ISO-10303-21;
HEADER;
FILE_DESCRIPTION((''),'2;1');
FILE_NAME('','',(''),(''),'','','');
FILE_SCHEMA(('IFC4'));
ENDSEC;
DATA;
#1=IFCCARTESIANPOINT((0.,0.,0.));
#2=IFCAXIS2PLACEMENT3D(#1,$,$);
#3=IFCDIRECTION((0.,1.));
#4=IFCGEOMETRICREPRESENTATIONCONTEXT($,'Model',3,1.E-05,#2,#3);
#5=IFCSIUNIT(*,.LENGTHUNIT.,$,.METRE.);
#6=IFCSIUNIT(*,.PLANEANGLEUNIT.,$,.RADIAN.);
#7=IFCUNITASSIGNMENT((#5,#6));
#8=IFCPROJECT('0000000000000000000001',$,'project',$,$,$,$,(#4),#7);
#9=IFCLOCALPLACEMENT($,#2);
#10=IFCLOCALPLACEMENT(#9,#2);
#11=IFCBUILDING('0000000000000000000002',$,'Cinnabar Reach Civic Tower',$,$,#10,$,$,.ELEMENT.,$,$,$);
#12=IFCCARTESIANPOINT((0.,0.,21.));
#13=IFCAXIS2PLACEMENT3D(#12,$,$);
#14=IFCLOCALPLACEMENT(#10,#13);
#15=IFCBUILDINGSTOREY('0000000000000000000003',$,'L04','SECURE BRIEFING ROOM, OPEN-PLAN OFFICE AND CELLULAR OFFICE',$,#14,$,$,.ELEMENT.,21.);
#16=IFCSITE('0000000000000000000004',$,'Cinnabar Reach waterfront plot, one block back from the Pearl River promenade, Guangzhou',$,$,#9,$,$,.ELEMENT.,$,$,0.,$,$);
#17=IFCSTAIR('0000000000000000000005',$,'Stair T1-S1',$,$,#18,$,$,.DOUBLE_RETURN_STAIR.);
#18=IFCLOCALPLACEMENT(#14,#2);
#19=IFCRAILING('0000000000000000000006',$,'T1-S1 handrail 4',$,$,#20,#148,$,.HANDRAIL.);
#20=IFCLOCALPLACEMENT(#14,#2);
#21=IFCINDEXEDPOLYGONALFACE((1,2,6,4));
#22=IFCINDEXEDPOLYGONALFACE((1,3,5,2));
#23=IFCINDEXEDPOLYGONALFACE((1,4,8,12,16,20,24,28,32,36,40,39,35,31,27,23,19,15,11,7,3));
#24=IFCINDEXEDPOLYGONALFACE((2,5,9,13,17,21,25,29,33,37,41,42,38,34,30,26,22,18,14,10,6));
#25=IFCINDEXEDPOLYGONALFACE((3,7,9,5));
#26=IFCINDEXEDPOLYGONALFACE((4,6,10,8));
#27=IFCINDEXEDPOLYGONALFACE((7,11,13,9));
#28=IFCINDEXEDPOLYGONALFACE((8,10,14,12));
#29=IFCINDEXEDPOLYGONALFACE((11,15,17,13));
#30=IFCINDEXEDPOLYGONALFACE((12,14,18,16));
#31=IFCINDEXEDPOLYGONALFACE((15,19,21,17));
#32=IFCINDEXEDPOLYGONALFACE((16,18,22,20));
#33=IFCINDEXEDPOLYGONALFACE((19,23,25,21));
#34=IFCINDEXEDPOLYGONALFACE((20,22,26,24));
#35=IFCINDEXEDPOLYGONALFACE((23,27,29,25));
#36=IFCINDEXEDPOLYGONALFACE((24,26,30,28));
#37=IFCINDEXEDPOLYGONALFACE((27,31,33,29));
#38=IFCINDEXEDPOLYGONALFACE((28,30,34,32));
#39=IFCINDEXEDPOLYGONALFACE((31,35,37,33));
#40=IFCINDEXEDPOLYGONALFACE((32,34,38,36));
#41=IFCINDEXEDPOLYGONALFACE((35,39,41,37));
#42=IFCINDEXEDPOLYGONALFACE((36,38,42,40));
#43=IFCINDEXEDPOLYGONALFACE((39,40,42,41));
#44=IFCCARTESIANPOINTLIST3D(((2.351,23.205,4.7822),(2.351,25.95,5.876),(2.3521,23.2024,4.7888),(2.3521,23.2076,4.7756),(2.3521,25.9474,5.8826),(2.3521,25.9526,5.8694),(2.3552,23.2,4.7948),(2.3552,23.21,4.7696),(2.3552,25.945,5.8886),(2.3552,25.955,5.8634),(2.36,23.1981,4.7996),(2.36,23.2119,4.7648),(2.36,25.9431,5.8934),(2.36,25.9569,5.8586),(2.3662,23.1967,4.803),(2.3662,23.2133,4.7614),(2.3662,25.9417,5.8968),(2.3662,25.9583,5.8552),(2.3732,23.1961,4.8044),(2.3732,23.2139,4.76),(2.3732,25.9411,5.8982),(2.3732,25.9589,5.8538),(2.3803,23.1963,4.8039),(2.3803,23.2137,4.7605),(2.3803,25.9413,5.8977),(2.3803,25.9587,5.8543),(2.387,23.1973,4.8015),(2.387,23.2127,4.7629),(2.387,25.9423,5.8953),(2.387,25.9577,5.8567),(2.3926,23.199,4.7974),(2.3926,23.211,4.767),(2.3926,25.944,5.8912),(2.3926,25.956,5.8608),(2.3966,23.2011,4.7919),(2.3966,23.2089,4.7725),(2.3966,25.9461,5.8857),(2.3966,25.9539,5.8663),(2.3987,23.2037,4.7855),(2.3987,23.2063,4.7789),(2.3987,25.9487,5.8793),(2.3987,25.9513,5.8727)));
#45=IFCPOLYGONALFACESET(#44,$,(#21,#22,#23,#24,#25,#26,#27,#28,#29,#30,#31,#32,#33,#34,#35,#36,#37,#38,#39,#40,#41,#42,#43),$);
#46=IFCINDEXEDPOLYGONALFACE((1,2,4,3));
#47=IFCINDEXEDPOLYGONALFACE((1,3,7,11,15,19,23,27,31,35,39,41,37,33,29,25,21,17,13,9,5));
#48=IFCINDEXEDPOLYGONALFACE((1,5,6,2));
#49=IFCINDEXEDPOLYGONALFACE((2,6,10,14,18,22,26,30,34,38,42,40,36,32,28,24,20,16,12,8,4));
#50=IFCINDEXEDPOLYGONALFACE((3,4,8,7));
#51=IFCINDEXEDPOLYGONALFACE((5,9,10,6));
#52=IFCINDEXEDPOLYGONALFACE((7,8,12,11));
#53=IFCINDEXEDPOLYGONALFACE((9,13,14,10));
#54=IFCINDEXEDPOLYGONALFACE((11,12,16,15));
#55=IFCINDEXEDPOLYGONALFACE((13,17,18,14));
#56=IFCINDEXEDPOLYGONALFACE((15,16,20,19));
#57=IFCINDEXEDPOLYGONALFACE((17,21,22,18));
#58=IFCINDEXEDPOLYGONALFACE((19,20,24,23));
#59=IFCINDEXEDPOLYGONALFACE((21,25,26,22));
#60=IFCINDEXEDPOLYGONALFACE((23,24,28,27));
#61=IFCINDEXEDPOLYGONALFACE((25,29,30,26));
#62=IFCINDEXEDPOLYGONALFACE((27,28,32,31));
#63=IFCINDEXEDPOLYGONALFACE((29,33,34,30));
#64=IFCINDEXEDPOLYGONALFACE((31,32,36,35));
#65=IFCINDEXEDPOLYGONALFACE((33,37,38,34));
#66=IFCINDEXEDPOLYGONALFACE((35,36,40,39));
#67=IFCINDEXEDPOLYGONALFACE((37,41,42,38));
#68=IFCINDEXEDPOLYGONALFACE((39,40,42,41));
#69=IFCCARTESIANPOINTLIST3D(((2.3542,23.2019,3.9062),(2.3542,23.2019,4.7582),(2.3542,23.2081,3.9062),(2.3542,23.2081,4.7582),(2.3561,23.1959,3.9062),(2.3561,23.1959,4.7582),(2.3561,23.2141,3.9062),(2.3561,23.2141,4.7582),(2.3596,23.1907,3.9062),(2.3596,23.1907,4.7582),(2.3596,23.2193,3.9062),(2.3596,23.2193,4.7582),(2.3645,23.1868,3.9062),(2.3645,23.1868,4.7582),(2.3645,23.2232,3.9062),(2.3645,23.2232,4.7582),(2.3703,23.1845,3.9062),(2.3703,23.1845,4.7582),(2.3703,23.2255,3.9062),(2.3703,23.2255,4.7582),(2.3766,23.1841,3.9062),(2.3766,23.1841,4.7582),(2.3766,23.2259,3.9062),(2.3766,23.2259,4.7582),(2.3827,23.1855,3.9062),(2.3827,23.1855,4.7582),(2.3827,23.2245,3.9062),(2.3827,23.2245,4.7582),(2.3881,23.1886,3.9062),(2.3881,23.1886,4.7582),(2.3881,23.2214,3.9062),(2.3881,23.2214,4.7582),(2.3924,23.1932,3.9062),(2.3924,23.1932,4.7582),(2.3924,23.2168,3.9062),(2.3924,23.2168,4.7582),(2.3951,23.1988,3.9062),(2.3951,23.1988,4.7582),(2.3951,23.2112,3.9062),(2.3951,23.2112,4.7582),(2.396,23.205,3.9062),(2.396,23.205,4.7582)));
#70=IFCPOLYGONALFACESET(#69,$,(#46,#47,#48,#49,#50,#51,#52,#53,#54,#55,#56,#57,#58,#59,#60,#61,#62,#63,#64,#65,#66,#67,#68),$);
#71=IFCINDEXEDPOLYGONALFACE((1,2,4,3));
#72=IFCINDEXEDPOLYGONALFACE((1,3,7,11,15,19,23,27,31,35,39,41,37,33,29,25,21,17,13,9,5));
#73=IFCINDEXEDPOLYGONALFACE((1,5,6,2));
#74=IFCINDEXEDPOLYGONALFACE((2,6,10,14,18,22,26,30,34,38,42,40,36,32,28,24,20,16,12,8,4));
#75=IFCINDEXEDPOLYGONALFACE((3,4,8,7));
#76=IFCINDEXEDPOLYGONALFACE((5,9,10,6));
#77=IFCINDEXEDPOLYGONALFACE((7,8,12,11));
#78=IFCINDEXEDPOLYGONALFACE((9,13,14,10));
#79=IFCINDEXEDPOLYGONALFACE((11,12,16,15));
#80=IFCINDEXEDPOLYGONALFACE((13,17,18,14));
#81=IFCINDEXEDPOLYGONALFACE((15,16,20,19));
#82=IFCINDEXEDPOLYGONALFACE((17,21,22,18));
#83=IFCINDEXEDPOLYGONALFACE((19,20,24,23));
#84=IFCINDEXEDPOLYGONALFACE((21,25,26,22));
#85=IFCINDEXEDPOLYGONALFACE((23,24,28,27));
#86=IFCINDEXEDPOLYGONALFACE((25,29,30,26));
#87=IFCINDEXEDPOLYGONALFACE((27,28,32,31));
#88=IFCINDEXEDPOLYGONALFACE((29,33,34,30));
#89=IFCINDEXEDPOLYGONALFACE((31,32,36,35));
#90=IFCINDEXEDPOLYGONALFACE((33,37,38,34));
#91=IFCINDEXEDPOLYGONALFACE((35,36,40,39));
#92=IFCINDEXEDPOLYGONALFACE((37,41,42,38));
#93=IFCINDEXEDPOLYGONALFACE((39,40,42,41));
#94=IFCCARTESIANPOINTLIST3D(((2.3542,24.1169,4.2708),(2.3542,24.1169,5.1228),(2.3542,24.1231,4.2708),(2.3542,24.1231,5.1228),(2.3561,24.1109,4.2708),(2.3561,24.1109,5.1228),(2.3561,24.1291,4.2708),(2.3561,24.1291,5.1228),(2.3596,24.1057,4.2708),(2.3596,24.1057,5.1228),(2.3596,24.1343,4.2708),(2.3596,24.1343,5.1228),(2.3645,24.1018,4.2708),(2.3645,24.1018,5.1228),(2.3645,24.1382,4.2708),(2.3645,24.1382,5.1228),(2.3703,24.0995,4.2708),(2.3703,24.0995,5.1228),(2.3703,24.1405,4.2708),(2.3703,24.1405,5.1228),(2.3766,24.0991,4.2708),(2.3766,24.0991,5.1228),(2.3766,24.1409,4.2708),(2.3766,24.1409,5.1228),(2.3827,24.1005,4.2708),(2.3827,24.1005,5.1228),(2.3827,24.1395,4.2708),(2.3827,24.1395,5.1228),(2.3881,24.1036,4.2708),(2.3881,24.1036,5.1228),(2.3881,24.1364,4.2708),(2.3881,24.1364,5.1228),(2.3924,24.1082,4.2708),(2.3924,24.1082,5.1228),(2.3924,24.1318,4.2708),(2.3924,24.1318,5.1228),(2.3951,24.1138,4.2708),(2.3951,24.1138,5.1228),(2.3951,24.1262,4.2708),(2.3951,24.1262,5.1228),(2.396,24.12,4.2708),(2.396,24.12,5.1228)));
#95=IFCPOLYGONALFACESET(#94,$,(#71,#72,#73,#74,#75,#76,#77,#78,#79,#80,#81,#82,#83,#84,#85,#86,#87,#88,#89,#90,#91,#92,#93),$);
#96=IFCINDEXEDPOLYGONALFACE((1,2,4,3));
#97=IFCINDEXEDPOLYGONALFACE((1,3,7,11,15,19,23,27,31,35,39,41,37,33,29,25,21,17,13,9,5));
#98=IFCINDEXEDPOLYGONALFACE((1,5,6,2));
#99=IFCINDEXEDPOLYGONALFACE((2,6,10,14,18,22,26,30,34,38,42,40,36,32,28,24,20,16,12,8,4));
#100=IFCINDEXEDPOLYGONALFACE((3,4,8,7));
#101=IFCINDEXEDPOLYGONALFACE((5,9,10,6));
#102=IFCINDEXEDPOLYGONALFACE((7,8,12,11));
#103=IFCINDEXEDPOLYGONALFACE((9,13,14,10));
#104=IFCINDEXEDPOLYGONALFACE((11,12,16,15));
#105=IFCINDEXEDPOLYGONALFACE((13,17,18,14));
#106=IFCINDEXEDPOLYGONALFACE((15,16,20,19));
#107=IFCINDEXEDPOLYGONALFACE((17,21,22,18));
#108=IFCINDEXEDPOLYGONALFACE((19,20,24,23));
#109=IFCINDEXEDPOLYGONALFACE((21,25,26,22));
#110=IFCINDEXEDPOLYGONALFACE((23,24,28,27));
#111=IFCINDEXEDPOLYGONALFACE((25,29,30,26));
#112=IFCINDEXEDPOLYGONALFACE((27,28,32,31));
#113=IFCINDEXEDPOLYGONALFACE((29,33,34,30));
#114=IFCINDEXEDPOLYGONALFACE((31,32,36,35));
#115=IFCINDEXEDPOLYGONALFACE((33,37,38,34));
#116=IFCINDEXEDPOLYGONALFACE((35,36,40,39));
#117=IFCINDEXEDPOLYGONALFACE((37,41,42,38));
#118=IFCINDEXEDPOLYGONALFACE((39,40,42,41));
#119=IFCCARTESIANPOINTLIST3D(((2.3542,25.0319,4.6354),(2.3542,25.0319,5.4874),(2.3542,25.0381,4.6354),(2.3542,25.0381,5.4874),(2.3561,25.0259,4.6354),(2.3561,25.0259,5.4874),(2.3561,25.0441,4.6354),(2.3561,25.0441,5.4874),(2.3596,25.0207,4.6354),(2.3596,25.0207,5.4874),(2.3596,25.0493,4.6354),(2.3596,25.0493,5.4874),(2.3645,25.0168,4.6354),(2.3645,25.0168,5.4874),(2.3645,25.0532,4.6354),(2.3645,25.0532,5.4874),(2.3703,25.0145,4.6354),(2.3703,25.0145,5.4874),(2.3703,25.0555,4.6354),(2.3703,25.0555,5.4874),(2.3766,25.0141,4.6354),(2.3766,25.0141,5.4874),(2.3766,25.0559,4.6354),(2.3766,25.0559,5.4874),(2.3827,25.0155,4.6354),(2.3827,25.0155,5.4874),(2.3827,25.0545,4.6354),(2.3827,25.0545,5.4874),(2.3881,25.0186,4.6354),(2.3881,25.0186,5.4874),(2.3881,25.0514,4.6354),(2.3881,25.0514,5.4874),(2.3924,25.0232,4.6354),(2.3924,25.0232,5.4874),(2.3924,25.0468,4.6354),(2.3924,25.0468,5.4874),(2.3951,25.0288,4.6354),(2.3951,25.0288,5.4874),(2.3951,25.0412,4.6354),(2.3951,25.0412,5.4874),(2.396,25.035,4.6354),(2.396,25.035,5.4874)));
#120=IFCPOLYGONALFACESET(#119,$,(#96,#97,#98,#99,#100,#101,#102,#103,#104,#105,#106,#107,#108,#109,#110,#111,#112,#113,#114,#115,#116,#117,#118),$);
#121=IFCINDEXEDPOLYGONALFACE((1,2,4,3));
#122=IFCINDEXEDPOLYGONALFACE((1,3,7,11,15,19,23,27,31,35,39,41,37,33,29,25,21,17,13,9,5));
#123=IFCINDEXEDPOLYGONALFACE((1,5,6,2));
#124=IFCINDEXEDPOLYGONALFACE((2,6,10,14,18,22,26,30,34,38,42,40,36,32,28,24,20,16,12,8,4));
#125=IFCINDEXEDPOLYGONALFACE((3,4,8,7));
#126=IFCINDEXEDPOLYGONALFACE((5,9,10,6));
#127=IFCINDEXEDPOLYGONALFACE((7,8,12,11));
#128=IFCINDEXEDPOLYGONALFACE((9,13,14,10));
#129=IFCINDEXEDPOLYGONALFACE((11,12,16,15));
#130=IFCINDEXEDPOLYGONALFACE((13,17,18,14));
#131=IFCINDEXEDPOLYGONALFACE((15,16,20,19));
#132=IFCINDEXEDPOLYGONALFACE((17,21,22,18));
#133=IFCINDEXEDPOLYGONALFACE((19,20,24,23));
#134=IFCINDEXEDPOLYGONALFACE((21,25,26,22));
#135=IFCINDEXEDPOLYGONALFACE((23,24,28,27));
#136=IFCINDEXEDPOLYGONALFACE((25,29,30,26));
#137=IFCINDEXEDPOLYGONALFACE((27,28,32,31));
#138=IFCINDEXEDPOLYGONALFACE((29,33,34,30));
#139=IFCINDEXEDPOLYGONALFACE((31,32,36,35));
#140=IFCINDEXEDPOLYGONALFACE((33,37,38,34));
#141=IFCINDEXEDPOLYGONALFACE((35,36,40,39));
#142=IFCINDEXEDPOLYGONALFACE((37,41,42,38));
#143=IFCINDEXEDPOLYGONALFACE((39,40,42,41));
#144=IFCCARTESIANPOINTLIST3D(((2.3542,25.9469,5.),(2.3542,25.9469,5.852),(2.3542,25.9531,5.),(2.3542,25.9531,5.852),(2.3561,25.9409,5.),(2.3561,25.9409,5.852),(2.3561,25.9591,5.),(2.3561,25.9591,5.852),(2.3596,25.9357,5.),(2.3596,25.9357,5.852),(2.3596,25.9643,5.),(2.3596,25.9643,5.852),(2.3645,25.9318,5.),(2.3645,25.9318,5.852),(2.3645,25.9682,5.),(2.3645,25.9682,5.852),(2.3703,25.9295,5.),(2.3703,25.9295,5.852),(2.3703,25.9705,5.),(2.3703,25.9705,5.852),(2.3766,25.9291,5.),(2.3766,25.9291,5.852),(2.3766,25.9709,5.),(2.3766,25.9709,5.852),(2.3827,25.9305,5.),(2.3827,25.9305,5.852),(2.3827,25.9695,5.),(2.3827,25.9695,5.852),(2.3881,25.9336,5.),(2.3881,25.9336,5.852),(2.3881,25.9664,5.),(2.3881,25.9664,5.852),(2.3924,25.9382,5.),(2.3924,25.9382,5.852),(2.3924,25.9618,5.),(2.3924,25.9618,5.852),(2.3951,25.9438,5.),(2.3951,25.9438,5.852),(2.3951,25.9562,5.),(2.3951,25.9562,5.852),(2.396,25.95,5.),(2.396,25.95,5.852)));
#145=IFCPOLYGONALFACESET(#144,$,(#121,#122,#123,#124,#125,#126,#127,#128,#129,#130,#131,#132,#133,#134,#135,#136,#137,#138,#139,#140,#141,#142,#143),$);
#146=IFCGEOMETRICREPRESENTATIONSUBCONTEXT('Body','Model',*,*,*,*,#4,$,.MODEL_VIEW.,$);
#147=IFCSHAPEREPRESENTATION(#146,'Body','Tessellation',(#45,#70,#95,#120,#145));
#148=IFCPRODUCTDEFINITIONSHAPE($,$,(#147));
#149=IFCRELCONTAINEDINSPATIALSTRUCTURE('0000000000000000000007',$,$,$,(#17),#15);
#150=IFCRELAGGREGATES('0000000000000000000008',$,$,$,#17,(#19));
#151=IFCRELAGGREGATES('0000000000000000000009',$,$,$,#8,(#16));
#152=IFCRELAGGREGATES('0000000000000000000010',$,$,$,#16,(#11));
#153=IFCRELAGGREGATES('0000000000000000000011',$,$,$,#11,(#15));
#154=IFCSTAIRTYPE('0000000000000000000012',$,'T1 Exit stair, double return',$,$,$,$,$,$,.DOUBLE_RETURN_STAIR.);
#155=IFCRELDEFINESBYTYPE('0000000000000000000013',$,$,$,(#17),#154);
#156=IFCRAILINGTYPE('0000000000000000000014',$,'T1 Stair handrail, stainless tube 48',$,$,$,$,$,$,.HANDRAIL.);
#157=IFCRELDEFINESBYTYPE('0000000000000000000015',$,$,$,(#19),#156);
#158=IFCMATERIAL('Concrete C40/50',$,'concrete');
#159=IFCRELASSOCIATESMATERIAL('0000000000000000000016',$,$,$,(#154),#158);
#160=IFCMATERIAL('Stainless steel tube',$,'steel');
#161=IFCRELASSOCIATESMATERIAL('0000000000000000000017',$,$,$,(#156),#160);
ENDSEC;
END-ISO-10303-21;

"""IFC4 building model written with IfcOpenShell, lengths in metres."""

from ifc_helpers import new_model, si_unit, direction, frame, origin, origin_2d, place, context, subcontext, project, spatial, circle, extrude, material, type_object, element, aggregate, save


model = new_model("IFC4")

# Units and contexts
model_context = context("Model", 3, precision=1e-05, world=origin(), true_north=direction((0.0, 1.0)))
body_context = subcontext(model_context, "Body", "Model", "MODEL_VIEW")
ifc_project = project(units=[si_unit("LENGTHUNIT", "METRE"), si_unit("PLANEANGLEUNIT", "RADIAN")], contexts=[model_context])

# Site, building, storey
site_placement = place(None, origin())
site = spatial("IfcSite", under=ifc_project, at=site_placement, Name="Cinnabar Reach waterfront plot, one block back from the Pearl River promenade, Guangzhou", CompositionType="ELEMENT", RefElevation=0.0)
building_placement = place(site_placement, origin())
building = spatial("IfcBuilding", under=site, at=building_placement, Name="Cinnabar Reach Civic Tower", CompositionType="ELEMENT")
storey_placement = place(building_placement, frame((0.0, 0.0, 21.0)))
storey = spatial("IfcBuildingStorey", under=building, at=storey_placement, Name="L04", Description="SECURE BRIEFING ROOM, OPEN-PLAN OFFICE AND CELLULAR OFFICE", CompositionType="ELEMENT", Elevation=21.0)

# Shared definitions
ifc_material_1 = material(Name="Concrete C40/50", Category="concrete")

# Stair, railing
stair_type = type_object("IfcStairType", Name="T1 Exit stair, double return", PredefinedType="DOUBLE_RETURN_STAIR", material=ifc_material_1)
stair_placement = place(storey_placement, origin())
stair = element("IfcStair", 1, at=stair_placement, inside=storey, type_object=stair_type, Name="Stair T1-S1", PredefinedType="DOUBLE_RETURN_STAIR")
ifc_material_2 = material(Name="Stainless steel tube", Category="steel")
railing_type = type_object("IfcRailingType", Name="T1 Stair handrail, stainless tube 48", PredefinedType="HANDRAIL", material=ifc_material_2)
railing_1_placement = place(storey_placement, frame((2.375, 23.205, 3.9062)))
railing_1 = element("IfcRailing", 2, at=railing_1_placement, type_object=railing_type, Name="T1-S1 handrail 4", PredefinedType="HANDRAIL", context=body_context, shape_type="SweptSolid", body=[
    extrude(circle(Radius=0.024, at=origin_2d()), frame((0.0, 0.0, 0.876), z_axis=(0.0, 0.928966, 0.370165), x_axis=(-1.0, 0.0, 0.0)), (0.0, 0.0, 1.0), 2.9549),
    extrude(circle(Radius=0.021, at=origin_2d()), origin(), (0.0, 0.0, 1.0), 0.852),
    extrude(circle(Radius=0.021, at=origin_2d()), frame((0.0, 0.915, 0.3646)), (0.0, 0.0, 1.0), 0.852),
    extrude(circle(Radius=0.021, at=origin_2d()), frame((0.0, 1.83, 0.7292)), (0.0, 0.0, 1.0), 0.852),
    extrude(circle(Radius=0.021, at=origin_2d()), frame((0.0, 2.745, 1.0938)), (0.0, 0.0, 1.0), 0.852),
])
aggregate(stair, [railing_1])

save(model, "model.ifc")
